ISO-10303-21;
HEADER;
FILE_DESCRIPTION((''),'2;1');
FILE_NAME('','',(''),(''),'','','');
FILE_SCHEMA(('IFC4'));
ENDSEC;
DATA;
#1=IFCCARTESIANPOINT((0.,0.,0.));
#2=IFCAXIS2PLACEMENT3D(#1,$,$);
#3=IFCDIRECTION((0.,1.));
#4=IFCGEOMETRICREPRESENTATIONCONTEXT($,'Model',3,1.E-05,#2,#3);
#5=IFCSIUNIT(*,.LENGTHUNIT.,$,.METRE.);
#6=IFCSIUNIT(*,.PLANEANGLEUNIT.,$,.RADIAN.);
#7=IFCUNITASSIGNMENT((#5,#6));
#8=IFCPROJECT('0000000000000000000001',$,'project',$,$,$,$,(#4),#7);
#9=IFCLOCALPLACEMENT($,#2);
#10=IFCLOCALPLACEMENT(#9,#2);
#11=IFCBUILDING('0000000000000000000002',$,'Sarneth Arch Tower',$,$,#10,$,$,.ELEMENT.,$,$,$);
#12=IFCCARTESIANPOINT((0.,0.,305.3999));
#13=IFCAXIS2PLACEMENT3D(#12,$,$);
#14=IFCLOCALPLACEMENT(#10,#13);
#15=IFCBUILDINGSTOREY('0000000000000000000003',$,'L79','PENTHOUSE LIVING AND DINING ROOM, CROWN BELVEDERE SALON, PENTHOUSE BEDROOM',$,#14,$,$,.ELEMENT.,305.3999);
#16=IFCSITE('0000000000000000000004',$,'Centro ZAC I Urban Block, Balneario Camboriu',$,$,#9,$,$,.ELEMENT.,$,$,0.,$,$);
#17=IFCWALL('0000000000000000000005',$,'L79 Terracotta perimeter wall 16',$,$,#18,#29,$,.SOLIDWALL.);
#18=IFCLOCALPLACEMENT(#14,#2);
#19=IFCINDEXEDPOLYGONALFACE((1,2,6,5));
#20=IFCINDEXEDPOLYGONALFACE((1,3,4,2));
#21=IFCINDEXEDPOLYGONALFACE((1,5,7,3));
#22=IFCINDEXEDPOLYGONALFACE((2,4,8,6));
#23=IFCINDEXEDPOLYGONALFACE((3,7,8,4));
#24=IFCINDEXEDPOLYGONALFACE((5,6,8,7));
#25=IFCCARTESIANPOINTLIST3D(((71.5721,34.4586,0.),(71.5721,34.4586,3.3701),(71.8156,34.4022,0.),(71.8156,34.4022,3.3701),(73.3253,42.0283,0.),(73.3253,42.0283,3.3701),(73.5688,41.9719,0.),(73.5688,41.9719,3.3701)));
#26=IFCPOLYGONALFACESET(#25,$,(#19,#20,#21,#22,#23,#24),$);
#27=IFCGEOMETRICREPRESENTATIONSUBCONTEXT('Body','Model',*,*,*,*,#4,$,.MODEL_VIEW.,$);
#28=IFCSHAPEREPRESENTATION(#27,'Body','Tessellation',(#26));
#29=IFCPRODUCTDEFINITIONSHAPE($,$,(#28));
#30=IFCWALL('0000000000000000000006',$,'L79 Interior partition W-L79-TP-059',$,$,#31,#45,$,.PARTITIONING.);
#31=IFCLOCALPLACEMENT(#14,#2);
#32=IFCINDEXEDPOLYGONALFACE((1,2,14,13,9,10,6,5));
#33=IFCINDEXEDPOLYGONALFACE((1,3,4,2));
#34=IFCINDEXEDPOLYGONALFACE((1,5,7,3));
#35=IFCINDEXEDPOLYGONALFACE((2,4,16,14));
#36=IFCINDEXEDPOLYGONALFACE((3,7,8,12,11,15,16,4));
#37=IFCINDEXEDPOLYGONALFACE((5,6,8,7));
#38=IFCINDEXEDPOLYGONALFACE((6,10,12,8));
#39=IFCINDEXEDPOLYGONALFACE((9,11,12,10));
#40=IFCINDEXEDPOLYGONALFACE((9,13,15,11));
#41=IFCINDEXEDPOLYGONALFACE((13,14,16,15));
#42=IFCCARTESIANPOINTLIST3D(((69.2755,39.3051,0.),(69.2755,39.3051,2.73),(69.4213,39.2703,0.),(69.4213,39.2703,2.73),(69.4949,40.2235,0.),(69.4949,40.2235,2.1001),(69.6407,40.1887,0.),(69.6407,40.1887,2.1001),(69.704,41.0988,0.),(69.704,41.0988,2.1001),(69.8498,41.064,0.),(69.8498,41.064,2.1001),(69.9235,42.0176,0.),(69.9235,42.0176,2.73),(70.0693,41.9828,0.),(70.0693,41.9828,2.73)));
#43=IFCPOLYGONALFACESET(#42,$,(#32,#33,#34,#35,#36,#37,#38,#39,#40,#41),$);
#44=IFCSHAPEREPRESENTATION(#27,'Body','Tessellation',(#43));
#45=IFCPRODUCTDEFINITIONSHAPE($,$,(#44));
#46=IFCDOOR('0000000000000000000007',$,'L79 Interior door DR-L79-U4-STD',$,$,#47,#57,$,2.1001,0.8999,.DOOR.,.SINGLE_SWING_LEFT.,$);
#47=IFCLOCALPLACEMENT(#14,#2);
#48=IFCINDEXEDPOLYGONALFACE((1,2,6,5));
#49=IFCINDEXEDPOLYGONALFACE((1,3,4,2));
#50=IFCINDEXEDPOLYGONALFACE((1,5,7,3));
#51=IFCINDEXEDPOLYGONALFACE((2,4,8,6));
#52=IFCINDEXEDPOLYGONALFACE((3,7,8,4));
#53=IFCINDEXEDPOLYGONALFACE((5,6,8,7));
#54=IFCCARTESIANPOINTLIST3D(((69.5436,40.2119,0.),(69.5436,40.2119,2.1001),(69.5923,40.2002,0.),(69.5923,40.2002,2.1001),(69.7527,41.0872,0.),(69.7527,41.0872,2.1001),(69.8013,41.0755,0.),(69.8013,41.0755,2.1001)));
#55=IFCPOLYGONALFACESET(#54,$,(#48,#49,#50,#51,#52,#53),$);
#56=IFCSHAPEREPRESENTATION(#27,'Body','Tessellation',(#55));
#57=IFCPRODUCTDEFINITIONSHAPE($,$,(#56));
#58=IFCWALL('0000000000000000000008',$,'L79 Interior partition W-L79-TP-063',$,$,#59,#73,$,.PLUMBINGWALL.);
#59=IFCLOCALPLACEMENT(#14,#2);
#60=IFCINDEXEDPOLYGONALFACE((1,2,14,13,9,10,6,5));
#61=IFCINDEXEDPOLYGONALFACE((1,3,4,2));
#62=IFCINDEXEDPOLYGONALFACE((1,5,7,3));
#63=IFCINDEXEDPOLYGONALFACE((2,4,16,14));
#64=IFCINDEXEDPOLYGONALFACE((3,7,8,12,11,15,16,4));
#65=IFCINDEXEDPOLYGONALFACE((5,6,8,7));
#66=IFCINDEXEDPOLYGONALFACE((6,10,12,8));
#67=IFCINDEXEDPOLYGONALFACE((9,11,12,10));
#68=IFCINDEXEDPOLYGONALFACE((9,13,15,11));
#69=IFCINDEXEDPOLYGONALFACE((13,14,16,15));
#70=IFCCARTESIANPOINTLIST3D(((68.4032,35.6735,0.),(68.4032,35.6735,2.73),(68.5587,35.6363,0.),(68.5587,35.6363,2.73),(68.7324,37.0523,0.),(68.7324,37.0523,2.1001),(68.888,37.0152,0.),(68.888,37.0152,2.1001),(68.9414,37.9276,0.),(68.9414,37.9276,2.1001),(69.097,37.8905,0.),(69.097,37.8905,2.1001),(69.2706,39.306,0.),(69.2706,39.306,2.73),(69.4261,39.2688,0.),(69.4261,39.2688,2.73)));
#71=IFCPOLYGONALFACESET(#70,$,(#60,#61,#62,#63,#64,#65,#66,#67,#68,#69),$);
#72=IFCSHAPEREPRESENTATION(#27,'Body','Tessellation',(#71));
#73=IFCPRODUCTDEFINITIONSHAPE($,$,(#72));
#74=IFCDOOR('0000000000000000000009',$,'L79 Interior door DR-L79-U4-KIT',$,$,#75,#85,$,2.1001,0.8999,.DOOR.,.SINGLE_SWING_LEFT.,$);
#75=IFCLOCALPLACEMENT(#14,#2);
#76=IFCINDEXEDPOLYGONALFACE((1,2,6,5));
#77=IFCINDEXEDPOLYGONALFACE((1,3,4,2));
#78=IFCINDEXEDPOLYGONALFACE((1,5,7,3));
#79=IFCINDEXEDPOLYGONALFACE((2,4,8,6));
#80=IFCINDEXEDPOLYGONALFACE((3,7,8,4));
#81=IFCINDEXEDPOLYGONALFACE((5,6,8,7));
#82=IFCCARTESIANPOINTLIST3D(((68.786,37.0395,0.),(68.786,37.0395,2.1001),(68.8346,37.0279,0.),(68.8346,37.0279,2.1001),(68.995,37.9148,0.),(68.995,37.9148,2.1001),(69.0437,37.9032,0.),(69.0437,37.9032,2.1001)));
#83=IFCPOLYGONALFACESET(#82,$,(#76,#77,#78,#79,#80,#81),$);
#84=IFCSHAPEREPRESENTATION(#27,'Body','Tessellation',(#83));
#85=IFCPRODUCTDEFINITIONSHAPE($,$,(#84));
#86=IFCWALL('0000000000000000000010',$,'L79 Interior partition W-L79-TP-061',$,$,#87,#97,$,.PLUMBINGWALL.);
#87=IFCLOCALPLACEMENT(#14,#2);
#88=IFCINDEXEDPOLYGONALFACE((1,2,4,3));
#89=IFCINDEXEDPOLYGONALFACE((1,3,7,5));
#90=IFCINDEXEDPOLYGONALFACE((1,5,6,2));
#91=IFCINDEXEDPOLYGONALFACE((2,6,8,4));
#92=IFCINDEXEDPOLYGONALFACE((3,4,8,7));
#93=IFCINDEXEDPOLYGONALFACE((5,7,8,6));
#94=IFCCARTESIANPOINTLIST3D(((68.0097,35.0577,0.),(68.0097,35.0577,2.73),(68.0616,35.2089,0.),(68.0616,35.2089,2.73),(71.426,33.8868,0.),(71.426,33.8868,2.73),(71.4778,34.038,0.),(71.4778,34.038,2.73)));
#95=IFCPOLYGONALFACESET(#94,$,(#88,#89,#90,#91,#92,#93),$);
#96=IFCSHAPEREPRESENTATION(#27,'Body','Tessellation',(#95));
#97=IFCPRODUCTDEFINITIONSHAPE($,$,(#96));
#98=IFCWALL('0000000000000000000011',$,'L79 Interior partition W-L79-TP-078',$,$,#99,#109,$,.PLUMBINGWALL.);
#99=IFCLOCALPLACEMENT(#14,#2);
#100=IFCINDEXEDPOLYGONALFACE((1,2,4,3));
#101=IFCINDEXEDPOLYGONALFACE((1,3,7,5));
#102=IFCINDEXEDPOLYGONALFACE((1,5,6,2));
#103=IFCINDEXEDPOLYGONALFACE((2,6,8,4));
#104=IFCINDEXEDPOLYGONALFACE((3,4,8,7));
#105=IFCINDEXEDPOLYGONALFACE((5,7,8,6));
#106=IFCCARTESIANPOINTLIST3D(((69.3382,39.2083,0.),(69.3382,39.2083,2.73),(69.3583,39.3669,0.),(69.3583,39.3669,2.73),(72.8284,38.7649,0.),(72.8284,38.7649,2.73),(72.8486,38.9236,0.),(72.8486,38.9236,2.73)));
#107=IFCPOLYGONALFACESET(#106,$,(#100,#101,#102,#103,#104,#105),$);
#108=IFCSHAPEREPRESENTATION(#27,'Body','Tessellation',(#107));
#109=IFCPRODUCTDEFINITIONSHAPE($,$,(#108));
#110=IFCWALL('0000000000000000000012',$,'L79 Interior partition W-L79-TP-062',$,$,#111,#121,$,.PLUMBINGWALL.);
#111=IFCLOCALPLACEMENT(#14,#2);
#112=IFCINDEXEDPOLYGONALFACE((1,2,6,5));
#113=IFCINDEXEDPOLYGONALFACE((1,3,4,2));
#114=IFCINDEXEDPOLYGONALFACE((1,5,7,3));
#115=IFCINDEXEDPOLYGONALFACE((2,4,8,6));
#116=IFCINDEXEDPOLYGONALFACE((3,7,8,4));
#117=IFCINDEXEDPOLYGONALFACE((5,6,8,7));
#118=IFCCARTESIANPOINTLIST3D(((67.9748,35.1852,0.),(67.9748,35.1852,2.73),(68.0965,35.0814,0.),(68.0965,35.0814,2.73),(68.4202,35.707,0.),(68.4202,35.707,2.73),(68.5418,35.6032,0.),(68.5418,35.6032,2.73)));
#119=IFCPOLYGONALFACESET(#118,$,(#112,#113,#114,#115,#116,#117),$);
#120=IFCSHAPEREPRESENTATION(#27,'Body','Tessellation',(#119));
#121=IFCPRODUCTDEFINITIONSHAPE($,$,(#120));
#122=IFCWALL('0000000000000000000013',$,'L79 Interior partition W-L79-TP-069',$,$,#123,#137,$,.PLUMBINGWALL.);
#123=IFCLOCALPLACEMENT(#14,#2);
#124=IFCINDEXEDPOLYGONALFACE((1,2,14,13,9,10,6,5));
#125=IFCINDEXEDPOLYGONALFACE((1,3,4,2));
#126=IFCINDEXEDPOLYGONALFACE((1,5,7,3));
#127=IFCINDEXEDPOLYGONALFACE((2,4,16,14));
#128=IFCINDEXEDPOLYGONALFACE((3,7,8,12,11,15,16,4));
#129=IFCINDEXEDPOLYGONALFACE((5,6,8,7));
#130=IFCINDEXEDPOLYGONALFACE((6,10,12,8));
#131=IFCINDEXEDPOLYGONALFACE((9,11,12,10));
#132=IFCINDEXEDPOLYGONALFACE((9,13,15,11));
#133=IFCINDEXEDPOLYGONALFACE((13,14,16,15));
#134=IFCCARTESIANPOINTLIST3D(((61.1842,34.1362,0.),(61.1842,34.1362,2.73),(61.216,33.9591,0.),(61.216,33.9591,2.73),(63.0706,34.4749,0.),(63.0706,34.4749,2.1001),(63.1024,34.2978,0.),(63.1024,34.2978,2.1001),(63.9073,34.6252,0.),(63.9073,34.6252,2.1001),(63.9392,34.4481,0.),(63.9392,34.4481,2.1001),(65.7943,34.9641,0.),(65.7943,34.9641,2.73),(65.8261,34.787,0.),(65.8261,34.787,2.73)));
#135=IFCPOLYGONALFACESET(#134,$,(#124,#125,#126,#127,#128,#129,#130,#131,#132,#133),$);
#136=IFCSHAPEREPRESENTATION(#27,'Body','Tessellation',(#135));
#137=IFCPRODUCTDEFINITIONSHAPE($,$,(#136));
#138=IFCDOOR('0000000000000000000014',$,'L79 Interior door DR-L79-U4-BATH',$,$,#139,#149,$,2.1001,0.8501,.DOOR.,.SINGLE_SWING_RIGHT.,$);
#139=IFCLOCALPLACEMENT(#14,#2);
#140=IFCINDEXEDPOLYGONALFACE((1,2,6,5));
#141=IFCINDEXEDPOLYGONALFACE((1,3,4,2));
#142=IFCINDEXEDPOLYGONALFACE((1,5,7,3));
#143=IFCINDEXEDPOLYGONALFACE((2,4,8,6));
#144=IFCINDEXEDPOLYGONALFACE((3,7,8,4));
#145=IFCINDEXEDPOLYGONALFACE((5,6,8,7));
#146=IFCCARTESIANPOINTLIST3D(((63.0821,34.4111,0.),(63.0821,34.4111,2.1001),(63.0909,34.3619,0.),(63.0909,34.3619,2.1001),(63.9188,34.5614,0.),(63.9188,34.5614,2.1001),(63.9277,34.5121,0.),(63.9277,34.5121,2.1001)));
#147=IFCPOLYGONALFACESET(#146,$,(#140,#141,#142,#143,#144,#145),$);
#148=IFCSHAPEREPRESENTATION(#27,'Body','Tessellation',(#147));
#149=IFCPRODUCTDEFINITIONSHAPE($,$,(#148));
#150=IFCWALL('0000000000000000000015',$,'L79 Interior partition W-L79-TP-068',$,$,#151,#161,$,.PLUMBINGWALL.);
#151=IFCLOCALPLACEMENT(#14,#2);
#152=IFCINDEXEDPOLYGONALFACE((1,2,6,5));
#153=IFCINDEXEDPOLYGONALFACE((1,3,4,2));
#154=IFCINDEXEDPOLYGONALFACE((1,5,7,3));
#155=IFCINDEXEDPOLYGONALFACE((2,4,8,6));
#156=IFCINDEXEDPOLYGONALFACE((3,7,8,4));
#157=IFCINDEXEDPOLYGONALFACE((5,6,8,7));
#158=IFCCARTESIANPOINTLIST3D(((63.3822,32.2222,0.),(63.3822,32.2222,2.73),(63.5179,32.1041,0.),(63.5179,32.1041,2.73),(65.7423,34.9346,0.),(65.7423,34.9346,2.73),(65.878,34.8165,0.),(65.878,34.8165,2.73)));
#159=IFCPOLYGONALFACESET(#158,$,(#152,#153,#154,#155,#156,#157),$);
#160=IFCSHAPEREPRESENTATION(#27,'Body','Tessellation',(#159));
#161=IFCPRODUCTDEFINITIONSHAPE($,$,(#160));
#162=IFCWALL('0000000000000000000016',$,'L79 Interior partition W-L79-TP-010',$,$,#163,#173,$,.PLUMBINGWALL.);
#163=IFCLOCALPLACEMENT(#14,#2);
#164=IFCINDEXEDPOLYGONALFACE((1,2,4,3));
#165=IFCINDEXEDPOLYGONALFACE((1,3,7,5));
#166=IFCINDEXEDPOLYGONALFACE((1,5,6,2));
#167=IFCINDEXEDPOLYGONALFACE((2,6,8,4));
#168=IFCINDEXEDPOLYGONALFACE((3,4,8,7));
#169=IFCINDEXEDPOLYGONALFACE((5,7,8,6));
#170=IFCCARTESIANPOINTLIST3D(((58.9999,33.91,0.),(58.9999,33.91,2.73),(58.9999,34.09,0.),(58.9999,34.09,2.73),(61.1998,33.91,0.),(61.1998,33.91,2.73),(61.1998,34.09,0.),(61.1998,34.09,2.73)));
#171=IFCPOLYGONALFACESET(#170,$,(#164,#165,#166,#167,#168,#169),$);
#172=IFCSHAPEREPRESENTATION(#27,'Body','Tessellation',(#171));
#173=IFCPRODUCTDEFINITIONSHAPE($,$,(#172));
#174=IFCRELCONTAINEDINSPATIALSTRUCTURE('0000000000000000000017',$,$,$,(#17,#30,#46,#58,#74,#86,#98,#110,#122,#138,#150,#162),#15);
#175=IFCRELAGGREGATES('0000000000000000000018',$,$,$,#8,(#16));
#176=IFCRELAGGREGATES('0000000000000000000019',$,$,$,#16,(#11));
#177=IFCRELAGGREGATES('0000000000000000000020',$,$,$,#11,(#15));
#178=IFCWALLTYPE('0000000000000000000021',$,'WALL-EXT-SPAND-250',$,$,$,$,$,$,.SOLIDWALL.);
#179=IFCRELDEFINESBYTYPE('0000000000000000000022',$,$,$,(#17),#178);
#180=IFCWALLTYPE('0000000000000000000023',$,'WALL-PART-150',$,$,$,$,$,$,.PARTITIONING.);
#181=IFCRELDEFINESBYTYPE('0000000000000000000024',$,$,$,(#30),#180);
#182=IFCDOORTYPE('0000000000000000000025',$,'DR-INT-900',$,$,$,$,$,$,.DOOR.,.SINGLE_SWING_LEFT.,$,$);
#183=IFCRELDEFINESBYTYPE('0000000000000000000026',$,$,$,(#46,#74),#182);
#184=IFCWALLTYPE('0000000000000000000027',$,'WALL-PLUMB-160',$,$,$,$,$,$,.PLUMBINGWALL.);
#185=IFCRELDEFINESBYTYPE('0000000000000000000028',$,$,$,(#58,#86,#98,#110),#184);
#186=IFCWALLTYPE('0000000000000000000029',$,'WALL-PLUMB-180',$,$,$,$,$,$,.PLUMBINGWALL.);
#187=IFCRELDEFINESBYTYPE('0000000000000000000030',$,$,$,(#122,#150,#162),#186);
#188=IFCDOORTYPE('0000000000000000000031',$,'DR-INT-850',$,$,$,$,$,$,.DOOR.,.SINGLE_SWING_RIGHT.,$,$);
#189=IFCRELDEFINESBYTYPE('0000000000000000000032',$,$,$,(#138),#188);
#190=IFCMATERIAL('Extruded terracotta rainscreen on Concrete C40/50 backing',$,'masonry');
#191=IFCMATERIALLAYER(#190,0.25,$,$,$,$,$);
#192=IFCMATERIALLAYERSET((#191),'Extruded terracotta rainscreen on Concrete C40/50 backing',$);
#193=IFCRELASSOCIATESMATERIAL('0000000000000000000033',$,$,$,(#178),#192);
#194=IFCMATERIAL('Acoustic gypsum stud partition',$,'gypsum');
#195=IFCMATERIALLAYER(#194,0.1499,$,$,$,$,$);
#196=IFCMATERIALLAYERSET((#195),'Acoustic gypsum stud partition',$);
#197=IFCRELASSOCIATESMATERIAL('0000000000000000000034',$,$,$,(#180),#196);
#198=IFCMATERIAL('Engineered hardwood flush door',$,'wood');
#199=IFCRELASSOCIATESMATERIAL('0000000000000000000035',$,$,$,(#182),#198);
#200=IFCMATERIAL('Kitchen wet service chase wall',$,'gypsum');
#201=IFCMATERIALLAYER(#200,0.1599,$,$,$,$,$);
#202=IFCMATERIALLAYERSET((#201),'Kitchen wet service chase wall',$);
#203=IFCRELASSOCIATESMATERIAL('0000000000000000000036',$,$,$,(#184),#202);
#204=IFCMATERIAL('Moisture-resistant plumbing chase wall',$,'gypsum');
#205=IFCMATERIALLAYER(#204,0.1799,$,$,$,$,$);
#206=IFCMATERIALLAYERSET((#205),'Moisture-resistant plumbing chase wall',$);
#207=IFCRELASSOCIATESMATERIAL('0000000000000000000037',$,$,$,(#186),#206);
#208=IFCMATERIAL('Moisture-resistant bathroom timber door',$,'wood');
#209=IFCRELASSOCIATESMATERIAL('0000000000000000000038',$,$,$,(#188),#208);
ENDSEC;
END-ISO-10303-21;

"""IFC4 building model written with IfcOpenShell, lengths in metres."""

from ifc_helpers import new_model, si_unit, direction, frame, frame_2d, origin, place, context, subcontext, project, spatial, rectangle, extrude, material, layer, layer_set, type_object, element, fill, save


model = new_model("IFC4")

# Units and contexts
model_context = context("Model", 3, precision=1e-05, world=origin(), true_north=direction((0.0, 1.0)))
body_context = subcontext(model_context, "Body", "Model", "MODEL_VIEW")
ifc_project = project(units=[si_unit("LENGTHUNIT", "METRE"), si_unit("PLANEANGLEUNIT", "RADIAN")], contexts=[model_context])

# Site, building, storey
site_placement = place(None, origin())
site = spatial("IfcSite", under=ifc_project, at=site_placement, Name="Centro ZAC I Urban Block, Balneario Camboriu", CompositionType="ELEMENT", RefElevation=0.0)
building_placement = place(site_placement, origin())
building = spatial("IfcBuilding", under=site, at=building_placement, Name="Sarneth Arch Tower", CompositionType="ELEMENT")
storey_placement = place(building_placement, frame((0.0, 0.0, 305.3999)))
storey = spatial("IfcBuildingStorey", under=building, at=storey_placement, Name="L79", Description="PENTHOUSE LIVING AND DINING ROOM, CROWN BELVEDERE SALON, PENTHOUSE BEDROOM", CompositionType="ELEMENT", Elevation=305.3999)

# Wall
ifc_material_1 = material(Name="Extruded terracotta rainscreen on Concrete C40/50 backing", Category="masonry")
ifc_layer_1 = layer(ifc_material_1, 0.25)
ifc_layer_set_1 = layer_set([ifc_layer_1], Name="Extruded terracotta rainscreen on Concrete C40/50 backing")
wall_type_1 = type_object("IfcWallType", Name="WALL-EXT-SPAND-250", PredefinedType="SOLIDWALL", material=ifc_layer_set_1)
wall_1_placement = place(storey_placement, frame((71.6938, 34.4304, 0.0), z_axis=(0.0, 0.0, 1.0), x_axis=(0.225635, 0.974212, 0.0)))
element("IfcWall", 1, at=wall_1_placement, inside=storey, type_object=wall_type_1, Name="L79 Terracotta perimeter wall 16", PredefinedType="SOLIDWALL", context=body_context, shape_type="SweptSolid", body=[
    extrude(rectangle(XDim=7.77, YDim=0.25, at=frame_2d((3.885, 0.0))), origin(), (0.0, 0.0, 1.0), 3.3701),
])

# Walls, openings, doors
ifc_material_2 = material(Name="Acoustic gypsum stud partition", Category="gypsum")
ifc_layer_2 = layer(ifc_material_2, 0.1499)
ifc_layer_set_2 = layer_set([ifc_layer_2], Name="Acoustic gypsum stud partition")
wall_type_2 = type_object("IfcWallType", Name="WALL-PART-150", PredefinedType="PARTITIONING", material=ifc_layer_set_2)
wall_2_placement = place(storey_placement, frame((69.3484, 39.2876, 0.0), z_axis=(0.0, 0.0, 1.0), x_axis=(0.232346, 0.972633, 0.0)))
wall_2 = element("IfcWall", 2, at=wall_2_placement, inside=storey, type_object=wall_type_2, Name="L79 Interior partition W-L79-TP-059", PredefinedType="PARTITIONING", context=body_context, shape_type="SweptSolid", body=[
    extrude(rectangle(XDim=2.7888, YDim=0.1499, at=frame_2d((1.3945, 0.0))), origin(), (0.0, 0.0, 1.0), 2.73),
])
opening_1_placement = place(wall_2_placement, frame((0.9443, 0.0, 0.0)))
opening_1 = element("IfcOpeningElement", 3, at=opening_1_placement, cuts=wall_2, PredefinedType="OPENING", context=body_context, shape_type="SweptSolid", body=[
    extrude(rectangle(XDim=0.8999, YDim=2.1001, at=frame_2d((0.45, 1.05))), frame((0.0, 0.085, 0.0), z_axis=(0.0, -1.0, 0.0), x_axis=(1.0, 0.0, 0.0)), (0.0, 0.0, 1.0), 0.1699),
])
ifc_material_3 = material(Name="Engineered hardwood flush door", Category="wood")
door_type_1 = type_object("IfcDoorType", Name="DR-INT-900", OperationType="SINGLE_SWING_LEFT", PredefinedType="DOOR", material=ifc_material_3)
door_1_placement = place(opening_1_placement, origin())
door_1 = element("IfcDoor", 4, at=door_1_placement, inside=storey, type_object=door_type_1, Name="L79 Interior door DR-L79-U4-STD", OperationType="SINGLE_SWING_LEFT", OverallHeight=2.1001, OverallWidth=0.8999, PredefinedType="DOOR", context=body_context, shape_type="SweptSolid", body=[
    extrude(rectangle(XDim=0.8999, YDim=2.1001, at=frame_2d((0.45, 1.05))), frame((0.0, 0.0249, 0.0), z_axis=(0.0, -1.0, 0.0), x_axis=(1.0, 0.0, 0.0)), (0.0, 0.0, 1.0), 0.05),
])
fill(opening_1, door_1)
ifc_material_4 = material(Name="Kitchen wet service chase wall", Category="gypsum")
ifc_layer_3 = layer(ifc_material_4, 0.1599)
ifc_layer_set_3 = layer_set([ifc_layer_3], Name="Kitchen wet service chase wall")
wall_type_3 = type_object("IfcWallType", Name="WALL-PLUMB-160", PredefinedType="PLUMBINGWALL", material=ifc_layer_set_3)
wall_3_placement = place(storey_placement, frame((68.481, 35.655, 0.0), z_axis=(0.0, 0.0, 1.0), x_axis=(0.232263, 0.972653, 0.0)))
wall_3 = element("IfcWall", 5, at=wall_3_placement, inside=storey, type_object=wall_type_3, Name="L79 Interior partition W-L79-TP-063", PredefinedType="PLUMBINGWALL", context=body_context, shape_type="SweptSolid", body=[
    extrude(rectangle(XDim=3.7346, YDim=0.1599, at=frame_2d((1.8672, 0.0))), origin(), (0.0, 0.0, 1.0), 2.73),
])
opening_2_placement = place(wall_3_placement, frame((1.4175, 0.0, 0.0)))
opening_2 = element("IfcOpeningElement", 6, at=opening_2_placement, cuts=wall_3, PredefinedType="OPENING", context=body_context, shape_type="SweptSolid", body=[
    extrude(rectangle(XDim=0.8999, YDim=2.1001, at=frame_2d((0.45, 1.05))), frame((0.0, 0.0898, 0.0), z_axis=(0.0, -1.0, 0.0), x_axis=(1.0, 0.0, 0.0)), (0.0, 0.0, 1.0), 0.1799),
])
door_2_placement = place(opening_2_placement, origin())
door_2 = element("IfcDoor", 7, at=door_2_placement, inside=storey, type_object=door_type_1, Name="L79 Interior door DR-L79-U4-KIT", OperationType="SINGLE_SWING_LEFT", OverallHeight=2.1001, OverallWidth=0.8999, PredefinedType="DOOR", context=body_context, shape_type="SweptSolid", body=[
    extrude(rectangle(XDim=0.8999, YDim=2.1001, at=frame_2d((0.45, 1.05))), frame((0.0, 0.0249, 0.0), z_axis=(0.0, -1.0, 0.0), x_axis=(1.0, 0.0, 0.0)), (0.0, 0.0, 1.0), 0.05),
])
fill(opening_2, door_2)

# Walls
wall_4_placement = place(storey_placement, frame((71.4519, 33.9624, 0.0), z_axis=(0.0, 0.0, 1.0), x_axis=(-0.945979, 0.324228, 0.0)))
element("IfcWall", 8, at=wall_4_placement, inside=storey, type_object=wall_type_3, Name="L79 Interior partition W-L79-TP-061", PredefinedType="PLUMBINGWALL", context=body_context, shape_type="SweptSolid", body=[
    extrude(rectangle(XDim=3.6113, YDim=0.1599, at=frame_2d((1.8057, 0.0))), origin(), (0.0, 0.0, 1.0), 2.73),
])
wall_5_placement = place(storey_placement, frame((72.8386, 38.8442, 0.0), z_axis=(0.0, 0.0, 1.0), x_axis=(-0.992028, 0.126016, 0.0)))
element("IfcWall", 9, at=wall_5_placement, inside=storey, type_object=wall_type_3, Name="L79 Interior partition W-L79-TP-078", PredefinedType="PLUMBINGWALL", context=body_context, shape_type="SweptSolid", body=[
    extrude(rectangle(XDim=3.5183, YDim=0.1599, at=frame_2d((1.7593, 0.0))), origin(), (0.0, 0.0, 1.0), 2.73),
])
wall_6_placement = place(storey_placement, frame((68.0356, 35.1333, 0.0), z_axis=(0.0, 0.0, 1.0), x_axis=(0.649207, 0.760612, 0.0)))
element("IfcWall", 10, at=wall_6_placement, inside=storey, type_object=wall_type_3, Name="L79 Interior partition W-L79-TP-062", PredefinedType="PLUMBINGWALL", context=body_context, shape_type="SweptSolid", body=[
    extrude(rectangle(XDim=0.686, YDim=0.1599, at=frame_2d((0.343, 0.0))), origin(), (0.0, 0.0, 1.0), 2.73),
])

# Wall, opening, door
ifc_material_5 = material(Name="Moisture-resistant plumbing chase wall", Category="gypsum")
ifc_layer_4 = layer(ifc_material_5, 0.1799)
ifc_layer_set_4 = layer_set([ifc_layer_4], Name="Moisture-resistant plumbing chase wall")
wall_type_4 = type_object("IfcWallType", Name="WALL-PLUMB-180", PredefinedType="PLUMBINGWALL", material=ifc_layer_set_4)
wall_7_placement = place(storey_placement, frame((65.8101, 34.8755, 0.0), z_axis=(0.0, 0.0, 1.0), x_axis=(-0.984255, -0.176752, 0.0)))
wall_7 = element("IfcWall", 11, at=wall_7_placement, inside=storey, type_object=wall_type_4, Name="L79 Interior partition W-L79-TP-069", PredefinedType="PLUMBINGWALL", context=body_context, shape_type="SweptSolid", body=[
    extrude(rectangle(XDim=4.6838, YDim=0.1799, at=frame_2d((2.3418, 0.0))), origin(), (0.0, 0.0, 1.0), 2.73),
])
opening_3_placement = place(wall_7_placement, frame((1.917, 0.0, 0.0)))
opening_3 = element("IfcOpeningElement", 12, at=opening_3_placement, cuts=wall_7, PredefinedType="OPENING", context=body_context, shape_type="SweptSolid", body=[
    extrude(rectangle(XDim=0.8501, YDim=2.1001, at=frame_2d((0.425, 1.05))), frame((0.0, 0.0999, 0.0), z_axis=(0.0, -1.0, 0.0), x_axis=(1.0, 0.0, 0.0)), (0.0, 0.0, 1.0), 0.2),
])
ifc_material_6 = material(Name="Moisture-resistant bathroom timber door", Category="wood")
door_type_2 = type_object("IfcDoorType", Name="DR-INT-850", OperationType="SINGLE_SWING_RIGHT", PredefinedType="DOOR", material=ifc_material_6)
door_3_placement = place(opening_3_placement, origin())
door_3 = element("IfcDoor", 13, at=door_3_placement, inside=storey, type_object=door_type_2, Name="L79 Interior door DR-L79-U4-BATH", OperationType="SINGLE_SWING_RIGHT", OverallHeight=2.1001, OverallWidth=0.8501, PredefinedType="DOOR", context=body_context, shape_type="SweptSolid", body=[
    extrude(rectangle(XDim=0.8501, YDim=2.1001, at=frame_2d((0.425, 1.05))), frame((0.0, 0.0249, 0.0), z_axis=(0.0, -1.0, 0.0), x_axis=(1.0, 0.0, 0.0)), (0.0, 0.0, 1.0), 0.05),
])
fill(opening_3, door_3)

# Walls
wall_8_placement = place(storey_placement, frame((63.45, 32.1631, 0.0), z_axis=(0.0, 0.0, 1.0), x_axis=(0.656416, 0.754399, 0.0)))
element("IfcWall", 14, at=wall_8_placement, inside=storey, type_object=wall_type_4, Name="L79 Interior partition W-L79-TP-068", PredefinedType="PLUMBINGWALL", context=body_context, shape_type="SweptSolid", body=[
    extrude(rectangle(XDim=3.5955, YDim=0.1799, at=frame_2d((1.7979, 0.0))), origin(), (0.0, 0.0, 1.0), 2.73),
])
wall_9_placement = place(storey_placement, frame((61.2, 34.0, 0.0), z_axis=(0.0, 0.0, 1.0), x_axis=(-1.0, 0.0, 0.0)))
element("IfcWall", 15, at=wall_9_placement, inside=storey, type_object=wall_type_4, Name="L79 Interior partition W-L79-TP-010", PredefinedType="PLUMBINGWALL", context=body_context, shape_type="SweptSolid", body=[
    extrude(rectangle(XDim=2.2, YDim=0.1799, at=frame_2d((1.1001, 0.0))), origin(), (0.0, 0.0, 1.0), 2.73),
])

save(model, "model.ifc")
